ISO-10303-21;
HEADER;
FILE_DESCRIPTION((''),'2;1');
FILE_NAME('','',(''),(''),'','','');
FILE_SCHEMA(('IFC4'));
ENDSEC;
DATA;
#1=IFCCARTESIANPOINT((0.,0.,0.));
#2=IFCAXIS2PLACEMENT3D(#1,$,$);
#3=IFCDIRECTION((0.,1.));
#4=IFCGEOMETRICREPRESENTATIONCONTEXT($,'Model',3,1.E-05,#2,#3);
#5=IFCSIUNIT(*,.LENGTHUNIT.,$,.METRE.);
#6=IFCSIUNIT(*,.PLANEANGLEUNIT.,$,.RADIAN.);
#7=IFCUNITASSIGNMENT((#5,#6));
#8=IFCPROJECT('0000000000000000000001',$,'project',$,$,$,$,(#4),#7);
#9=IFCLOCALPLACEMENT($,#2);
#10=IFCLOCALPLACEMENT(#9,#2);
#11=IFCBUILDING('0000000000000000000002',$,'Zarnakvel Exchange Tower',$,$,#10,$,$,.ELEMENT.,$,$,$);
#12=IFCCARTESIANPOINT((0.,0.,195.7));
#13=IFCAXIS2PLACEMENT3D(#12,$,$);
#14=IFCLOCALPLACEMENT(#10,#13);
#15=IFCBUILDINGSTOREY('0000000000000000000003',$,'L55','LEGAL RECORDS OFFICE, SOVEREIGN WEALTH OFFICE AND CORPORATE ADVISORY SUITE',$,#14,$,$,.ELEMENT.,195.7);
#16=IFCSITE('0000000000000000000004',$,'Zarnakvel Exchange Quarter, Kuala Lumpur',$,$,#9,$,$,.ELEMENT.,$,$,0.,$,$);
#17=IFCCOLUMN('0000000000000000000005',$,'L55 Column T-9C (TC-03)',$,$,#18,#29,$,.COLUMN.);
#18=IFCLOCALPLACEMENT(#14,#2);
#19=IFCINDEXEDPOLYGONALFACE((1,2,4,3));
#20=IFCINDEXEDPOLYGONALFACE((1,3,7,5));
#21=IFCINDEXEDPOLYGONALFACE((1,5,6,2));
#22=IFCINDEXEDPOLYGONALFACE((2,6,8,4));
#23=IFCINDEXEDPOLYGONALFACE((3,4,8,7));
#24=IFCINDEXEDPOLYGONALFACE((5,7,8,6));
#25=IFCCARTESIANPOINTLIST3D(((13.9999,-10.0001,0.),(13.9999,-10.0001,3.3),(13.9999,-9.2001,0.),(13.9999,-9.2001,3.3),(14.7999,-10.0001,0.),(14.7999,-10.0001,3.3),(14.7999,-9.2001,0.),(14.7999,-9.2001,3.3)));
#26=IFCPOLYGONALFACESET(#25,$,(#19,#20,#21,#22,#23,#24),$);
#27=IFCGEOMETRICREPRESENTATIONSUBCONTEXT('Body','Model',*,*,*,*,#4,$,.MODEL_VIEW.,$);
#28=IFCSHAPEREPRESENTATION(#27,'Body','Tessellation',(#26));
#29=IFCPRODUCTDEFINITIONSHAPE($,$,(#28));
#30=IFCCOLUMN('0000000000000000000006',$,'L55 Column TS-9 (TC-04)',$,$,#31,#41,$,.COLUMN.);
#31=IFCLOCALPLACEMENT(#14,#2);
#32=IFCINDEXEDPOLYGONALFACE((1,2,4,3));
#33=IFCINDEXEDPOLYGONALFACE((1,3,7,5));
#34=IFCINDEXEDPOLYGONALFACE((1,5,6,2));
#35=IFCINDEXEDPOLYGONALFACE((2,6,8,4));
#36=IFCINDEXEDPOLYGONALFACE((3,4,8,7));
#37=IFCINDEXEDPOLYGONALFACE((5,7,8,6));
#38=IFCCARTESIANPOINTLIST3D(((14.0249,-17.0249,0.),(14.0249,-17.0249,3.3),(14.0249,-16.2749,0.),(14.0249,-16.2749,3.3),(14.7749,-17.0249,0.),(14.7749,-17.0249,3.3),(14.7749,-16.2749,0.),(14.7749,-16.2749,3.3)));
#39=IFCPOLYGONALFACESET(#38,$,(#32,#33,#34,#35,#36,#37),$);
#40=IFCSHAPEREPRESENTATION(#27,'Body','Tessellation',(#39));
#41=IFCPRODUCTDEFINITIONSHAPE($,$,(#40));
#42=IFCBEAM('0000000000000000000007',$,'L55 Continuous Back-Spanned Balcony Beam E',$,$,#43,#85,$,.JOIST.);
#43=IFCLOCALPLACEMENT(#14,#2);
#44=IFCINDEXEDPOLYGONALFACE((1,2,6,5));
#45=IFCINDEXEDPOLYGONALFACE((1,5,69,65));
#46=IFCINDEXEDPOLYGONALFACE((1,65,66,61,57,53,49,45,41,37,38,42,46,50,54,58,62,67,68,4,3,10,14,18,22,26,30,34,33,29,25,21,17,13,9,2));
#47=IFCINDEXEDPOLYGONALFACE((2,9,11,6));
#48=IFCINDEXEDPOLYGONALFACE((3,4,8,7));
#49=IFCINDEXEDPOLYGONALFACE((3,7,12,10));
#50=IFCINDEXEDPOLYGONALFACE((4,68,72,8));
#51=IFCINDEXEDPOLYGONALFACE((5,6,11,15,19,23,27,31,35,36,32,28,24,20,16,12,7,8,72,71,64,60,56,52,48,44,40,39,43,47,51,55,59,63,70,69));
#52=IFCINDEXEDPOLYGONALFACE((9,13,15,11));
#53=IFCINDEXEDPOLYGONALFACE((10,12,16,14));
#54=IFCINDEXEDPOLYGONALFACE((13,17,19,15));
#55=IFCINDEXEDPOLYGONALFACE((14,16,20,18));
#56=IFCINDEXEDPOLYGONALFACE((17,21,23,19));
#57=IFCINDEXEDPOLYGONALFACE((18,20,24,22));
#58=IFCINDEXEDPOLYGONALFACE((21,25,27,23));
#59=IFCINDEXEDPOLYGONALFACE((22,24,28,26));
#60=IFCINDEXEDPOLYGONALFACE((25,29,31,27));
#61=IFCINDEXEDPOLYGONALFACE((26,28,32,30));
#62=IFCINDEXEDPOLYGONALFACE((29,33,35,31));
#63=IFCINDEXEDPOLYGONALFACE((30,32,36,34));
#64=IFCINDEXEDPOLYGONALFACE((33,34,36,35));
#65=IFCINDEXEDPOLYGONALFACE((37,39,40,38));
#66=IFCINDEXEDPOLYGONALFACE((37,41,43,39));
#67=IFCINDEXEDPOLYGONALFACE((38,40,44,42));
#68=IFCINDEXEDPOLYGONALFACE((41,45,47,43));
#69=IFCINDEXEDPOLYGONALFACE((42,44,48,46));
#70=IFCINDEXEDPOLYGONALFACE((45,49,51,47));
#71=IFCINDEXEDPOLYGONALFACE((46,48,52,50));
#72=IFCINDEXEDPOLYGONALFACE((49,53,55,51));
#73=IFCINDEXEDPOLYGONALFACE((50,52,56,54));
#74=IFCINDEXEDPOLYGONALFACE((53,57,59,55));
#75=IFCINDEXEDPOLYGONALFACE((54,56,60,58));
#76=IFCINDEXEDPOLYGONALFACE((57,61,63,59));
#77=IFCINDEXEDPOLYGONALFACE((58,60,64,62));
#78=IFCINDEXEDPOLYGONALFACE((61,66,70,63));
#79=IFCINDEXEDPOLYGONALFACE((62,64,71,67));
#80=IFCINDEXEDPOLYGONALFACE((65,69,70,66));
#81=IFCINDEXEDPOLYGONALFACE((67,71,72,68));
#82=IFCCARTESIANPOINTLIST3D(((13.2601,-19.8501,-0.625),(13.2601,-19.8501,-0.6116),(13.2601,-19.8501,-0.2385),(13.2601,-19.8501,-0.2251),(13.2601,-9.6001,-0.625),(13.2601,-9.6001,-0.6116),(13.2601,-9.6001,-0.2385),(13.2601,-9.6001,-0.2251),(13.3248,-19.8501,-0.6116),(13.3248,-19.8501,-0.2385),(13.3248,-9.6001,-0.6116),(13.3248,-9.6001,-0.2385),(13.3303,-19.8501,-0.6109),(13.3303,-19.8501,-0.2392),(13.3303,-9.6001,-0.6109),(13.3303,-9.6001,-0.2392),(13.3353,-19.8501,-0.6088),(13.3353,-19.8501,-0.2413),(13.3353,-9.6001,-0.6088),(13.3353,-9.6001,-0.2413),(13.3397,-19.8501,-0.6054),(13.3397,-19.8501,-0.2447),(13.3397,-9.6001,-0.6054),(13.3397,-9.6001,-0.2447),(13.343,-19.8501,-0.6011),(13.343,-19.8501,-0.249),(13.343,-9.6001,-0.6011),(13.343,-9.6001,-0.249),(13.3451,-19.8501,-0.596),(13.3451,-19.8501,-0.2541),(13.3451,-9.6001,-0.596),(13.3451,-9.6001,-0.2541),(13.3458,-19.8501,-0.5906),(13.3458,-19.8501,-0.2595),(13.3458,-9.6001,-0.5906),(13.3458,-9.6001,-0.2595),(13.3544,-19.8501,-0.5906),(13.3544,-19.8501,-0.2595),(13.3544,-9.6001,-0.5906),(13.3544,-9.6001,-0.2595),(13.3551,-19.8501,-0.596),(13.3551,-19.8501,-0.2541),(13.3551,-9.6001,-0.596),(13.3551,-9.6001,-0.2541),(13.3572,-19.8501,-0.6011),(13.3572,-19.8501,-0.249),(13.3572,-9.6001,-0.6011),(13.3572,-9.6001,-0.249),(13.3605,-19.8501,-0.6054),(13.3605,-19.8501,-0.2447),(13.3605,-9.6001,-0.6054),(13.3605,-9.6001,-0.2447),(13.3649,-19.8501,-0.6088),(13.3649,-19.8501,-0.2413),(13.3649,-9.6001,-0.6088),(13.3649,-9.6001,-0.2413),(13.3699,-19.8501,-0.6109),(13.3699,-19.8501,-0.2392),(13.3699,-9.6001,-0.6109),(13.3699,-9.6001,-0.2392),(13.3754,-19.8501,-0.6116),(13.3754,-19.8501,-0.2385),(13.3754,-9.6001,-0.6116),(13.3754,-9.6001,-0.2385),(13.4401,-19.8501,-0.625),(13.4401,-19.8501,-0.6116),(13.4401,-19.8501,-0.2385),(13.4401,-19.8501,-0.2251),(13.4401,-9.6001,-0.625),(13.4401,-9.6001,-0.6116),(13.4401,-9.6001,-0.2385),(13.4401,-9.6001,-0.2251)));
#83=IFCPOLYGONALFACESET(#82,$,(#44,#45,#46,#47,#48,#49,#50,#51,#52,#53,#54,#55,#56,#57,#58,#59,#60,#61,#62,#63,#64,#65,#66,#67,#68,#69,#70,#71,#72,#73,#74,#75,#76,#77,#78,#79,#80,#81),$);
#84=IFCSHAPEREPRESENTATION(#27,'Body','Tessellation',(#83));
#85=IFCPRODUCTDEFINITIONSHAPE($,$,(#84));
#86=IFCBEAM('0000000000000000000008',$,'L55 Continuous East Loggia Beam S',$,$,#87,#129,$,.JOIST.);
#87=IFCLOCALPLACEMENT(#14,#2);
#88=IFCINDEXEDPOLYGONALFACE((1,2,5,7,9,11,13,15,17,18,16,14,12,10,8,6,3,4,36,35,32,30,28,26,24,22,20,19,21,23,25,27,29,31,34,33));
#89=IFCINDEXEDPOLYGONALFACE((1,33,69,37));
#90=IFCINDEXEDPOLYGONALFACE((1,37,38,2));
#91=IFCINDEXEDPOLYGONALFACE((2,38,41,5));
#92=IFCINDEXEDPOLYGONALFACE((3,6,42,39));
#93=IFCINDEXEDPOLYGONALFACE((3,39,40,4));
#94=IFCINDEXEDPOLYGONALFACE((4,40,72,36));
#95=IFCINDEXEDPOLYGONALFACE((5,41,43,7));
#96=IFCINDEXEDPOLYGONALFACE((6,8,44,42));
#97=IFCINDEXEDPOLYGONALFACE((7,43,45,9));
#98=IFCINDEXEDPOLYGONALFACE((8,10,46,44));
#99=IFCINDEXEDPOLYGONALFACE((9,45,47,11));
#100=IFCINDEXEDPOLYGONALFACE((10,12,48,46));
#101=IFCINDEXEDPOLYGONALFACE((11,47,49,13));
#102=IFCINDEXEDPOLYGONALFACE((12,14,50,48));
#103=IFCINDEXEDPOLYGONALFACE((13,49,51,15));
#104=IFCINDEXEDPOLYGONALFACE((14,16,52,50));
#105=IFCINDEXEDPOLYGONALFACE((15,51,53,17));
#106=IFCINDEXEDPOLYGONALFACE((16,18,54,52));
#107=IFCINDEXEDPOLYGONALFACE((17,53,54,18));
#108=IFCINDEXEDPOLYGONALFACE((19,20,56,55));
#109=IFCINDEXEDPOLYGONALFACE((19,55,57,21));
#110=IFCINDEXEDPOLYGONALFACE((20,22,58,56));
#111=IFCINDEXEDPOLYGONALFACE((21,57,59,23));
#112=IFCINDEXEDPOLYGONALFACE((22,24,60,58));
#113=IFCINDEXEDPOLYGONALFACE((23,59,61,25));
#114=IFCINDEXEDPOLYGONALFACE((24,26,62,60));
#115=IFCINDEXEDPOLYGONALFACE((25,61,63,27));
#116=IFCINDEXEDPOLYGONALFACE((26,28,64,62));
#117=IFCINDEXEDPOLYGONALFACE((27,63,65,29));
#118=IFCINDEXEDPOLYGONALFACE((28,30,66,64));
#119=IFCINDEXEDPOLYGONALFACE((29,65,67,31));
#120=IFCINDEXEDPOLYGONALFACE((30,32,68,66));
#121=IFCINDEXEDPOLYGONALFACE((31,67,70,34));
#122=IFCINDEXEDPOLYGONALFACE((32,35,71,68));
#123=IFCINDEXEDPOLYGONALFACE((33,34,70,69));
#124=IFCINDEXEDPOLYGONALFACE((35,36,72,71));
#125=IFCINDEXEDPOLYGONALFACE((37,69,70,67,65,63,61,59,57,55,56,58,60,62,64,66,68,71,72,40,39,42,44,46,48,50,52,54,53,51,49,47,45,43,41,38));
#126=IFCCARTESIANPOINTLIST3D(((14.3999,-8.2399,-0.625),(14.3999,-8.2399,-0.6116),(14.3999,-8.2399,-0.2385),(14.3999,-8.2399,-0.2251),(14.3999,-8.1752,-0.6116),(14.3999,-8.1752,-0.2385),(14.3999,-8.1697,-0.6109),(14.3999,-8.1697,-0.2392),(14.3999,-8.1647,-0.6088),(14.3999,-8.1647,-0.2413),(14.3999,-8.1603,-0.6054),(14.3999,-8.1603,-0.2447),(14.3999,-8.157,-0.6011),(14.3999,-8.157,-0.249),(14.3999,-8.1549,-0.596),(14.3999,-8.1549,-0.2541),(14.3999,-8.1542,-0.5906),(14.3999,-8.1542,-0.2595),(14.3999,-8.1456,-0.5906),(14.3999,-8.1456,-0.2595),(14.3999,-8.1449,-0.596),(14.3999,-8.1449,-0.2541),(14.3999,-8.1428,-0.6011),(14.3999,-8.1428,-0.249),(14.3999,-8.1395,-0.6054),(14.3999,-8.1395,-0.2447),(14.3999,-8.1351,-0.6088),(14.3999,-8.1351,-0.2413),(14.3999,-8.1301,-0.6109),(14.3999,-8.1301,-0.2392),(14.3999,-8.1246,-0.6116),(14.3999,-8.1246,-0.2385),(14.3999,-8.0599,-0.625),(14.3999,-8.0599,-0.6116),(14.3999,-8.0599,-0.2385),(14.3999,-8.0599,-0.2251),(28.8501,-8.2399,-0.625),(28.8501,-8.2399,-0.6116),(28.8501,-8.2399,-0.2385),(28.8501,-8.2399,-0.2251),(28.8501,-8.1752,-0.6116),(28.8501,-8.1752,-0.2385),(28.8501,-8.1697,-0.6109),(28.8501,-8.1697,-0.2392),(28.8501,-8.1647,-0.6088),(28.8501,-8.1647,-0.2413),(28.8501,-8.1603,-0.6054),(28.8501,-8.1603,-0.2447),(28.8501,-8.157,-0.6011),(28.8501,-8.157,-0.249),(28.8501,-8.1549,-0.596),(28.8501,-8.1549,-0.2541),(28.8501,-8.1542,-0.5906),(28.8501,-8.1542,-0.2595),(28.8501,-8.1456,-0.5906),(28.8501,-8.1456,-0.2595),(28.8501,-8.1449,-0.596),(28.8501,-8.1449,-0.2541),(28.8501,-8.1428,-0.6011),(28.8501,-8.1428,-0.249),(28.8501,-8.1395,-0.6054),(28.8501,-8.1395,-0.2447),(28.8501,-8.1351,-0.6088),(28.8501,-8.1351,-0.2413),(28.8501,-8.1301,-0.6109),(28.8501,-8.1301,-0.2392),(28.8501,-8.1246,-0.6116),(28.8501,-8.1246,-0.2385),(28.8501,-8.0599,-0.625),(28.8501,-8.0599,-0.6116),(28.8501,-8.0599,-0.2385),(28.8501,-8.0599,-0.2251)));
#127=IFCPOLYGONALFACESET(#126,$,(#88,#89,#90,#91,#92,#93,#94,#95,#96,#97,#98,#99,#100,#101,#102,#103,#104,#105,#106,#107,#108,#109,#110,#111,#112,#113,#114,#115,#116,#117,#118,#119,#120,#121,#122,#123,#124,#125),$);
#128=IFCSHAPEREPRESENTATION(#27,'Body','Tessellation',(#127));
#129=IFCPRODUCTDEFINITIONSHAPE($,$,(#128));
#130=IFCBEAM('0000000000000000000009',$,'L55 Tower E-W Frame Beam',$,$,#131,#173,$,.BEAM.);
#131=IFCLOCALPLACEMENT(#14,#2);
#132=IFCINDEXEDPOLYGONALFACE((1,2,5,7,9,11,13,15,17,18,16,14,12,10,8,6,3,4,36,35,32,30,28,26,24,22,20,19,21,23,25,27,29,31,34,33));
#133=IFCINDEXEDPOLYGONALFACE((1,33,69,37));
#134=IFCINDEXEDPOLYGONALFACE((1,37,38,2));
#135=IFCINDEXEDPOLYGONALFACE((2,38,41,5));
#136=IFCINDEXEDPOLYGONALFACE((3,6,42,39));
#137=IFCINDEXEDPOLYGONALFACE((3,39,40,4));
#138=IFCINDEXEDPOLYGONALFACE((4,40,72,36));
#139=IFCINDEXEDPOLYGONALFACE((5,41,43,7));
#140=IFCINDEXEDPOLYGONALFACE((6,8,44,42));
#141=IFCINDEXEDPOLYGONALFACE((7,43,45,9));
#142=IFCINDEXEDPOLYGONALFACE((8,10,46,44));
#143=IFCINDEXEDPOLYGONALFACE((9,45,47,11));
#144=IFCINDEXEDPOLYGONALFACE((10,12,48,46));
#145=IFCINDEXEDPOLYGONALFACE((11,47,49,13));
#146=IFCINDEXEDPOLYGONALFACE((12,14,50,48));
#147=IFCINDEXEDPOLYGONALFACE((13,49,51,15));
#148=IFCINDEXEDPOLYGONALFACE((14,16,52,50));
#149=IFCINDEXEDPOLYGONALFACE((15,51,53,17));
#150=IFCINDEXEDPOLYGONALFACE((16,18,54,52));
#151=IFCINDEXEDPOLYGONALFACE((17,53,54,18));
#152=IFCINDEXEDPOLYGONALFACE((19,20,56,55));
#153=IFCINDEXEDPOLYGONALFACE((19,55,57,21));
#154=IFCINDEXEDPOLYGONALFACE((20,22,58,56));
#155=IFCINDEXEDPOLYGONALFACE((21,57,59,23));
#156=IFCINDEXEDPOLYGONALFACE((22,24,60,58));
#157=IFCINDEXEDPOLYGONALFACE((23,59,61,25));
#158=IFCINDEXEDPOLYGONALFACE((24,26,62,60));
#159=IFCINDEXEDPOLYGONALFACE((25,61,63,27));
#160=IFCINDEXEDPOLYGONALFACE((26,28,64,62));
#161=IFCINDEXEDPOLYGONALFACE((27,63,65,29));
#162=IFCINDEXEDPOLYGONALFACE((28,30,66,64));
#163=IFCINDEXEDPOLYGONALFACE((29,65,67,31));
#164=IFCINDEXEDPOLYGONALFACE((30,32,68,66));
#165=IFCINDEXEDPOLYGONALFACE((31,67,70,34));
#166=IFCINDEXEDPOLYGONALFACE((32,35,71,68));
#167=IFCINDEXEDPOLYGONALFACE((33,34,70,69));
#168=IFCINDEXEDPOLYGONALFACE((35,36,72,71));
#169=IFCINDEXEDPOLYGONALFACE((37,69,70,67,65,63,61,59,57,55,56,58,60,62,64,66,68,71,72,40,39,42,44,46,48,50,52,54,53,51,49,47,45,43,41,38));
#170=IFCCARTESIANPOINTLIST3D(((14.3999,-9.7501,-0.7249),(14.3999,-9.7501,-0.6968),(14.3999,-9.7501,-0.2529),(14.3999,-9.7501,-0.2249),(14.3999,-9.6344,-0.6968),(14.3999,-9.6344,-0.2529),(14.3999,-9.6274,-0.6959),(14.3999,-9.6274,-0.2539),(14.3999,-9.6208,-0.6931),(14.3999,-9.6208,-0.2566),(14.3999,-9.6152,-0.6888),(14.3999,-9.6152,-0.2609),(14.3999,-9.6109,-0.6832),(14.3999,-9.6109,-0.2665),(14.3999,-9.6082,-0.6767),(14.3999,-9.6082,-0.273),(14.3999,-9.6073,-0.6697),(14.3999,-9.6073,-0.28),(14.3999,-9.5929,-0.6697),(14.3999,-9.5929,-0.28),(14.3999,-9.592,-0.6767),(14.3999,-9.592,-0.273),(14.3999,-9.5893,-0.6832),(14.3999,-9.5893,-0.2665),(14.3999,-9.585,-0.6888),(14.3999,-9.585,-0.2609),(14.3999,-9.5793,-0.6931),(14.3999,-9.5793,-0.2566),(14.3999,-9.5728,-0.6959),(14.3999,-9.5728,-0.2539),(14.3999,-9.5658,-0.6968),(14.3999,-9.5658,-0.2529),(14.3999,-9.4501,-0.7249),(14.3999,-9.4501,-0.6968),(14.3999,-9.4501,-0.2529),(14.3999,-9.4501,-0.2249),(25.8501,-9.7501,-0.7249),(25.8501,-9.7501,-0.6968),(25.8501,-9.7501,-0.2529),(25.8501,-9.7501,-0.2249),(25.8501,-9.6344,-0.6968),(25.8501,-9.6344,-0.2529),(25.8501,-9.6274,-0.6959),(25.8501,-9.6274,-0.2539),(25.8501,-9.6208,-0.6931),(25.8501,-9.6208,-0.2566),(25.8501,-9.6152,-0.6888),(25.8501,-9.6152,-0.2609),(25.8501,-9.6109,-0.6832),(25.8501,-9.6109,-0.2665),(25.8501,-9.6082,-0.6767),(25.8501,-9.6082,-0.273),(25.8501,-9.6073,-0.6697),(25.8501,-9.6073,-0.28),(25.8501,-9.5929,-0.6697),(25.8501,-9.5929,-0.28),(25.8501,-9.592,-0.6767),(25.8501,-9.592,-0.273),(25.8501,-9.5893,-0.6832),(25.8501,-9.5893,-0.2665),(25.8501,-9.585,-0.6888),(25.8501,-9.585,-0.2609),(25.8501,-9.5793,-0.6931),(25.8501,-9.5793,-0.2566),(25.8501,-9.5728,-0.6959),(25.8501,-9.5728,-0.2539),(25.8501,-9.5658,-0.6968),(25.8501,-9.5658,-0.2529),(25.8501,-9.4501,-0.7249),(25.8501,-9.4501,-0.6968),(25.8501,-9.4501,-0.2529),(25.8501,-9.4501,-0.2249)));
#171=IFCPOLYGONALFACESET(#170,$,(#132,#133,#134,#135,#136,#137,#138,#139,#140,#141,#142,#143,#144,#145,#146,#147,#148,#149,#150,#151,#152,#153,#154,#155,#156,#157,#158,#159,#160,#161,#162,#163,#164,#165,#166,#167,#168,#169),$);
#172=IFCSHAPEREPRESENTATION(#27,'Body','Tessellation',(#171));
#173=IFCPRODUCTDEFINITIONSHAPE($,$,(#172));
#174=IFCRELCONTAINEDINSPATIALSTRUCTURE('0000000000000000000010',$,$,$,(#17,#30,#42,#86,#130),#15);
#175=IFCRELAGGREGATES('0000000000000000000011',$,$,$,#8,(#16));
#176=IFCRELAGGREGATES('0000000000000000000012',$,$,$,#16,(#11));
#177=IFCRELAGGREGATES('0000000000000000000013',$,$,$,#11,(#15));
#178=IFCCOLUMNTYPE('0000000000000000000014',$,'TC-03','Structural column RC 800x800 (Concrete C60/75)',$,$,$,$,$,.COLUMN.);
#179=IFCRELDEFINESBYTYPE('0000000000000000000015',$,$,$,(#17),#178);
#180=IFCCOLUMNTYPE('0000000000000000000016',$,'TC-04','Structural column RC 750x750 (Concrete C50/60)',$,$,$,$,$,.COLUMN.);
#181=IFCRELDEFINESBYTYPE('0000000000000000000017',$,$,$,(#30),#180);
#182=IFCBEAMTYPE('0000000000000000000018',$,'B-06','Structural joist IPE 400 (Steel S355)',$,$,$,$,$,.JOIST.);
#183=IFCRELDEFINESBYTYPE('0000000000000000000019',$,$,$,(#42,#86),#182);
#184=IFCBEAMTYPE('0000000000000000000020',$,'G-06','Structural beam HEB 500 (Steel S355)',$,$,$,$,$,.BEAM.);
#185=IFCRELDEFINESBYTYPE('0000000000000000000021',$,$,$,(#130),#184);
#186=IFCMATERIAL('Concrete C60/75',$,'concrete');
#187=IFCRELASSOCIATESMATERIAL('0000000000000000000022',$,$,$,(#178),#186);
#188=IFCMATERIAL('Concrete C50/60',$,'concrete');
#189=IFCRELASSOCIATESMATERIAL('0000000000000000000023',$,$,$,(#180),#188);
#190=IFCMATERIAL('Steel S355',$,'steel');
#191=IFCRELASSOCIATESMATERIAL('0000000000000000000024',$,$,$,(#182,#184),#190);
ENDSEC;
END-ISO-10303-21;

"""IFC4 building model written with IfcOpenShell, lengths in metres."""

from ifc_helpers import new_model, si_unit, direction, frame, origin, origin_2d, place, context, subcontext, project, spatial, rectangle, i_section, extrude, material, material_profile, profile_set, type_object, element, save


model = new_model("IFC4")

# Units and contexts
model_context = context("Model", 3, precision=1e-05, world=origin(), true_north=direction((0.0, 1.0)))
body_context = subcontext(model_context, "Body", "Model", "MODEL_VIEW")
ifc_project = project(units=[si_unit("LENGTHUNIT", "METRE"), si_unit("PLANEANGLEUNIT", "RADIAN")], contexts=[model_context])

# Site, building, storey
site_placement = place(None, origin())
site = spatial("IfcSite", under=ifc_project, at=site_placement, Name="Zarnakvel Exchange Quarter, Kuala Lumpur", CompositionType="ELEMENT", RefElevation=0.0)
building_placement = place(site_placement, origin())
building = spatial("IfcBuilding", under=site, at=building_placement, Name="Zarnakvel Exchange Tower", CompositionType="ELEMENT")
storey_placement = place(building_placement, frame((0.0, 0.0, 195.7)))
storey = spatial("IfcBuildingStorey", under=building, at=storey_placement, Name="L55", Description="LEGAL RECORDS OFFICE, SOVEREIGN WEALTH OFFICE AND CORPORATE ADVISORY SUITE", CompositionType="ELEMENT", Elevation=195.7)

# Columns
ifc_material_1 = material(Name="Concrete C60/75", Category="concrete")
ifc_material_profile_1 = material_profile(ifc_material_1, rectangle(XDim=0.8, YDim=0.8, at=origin_2d()))
ifc_profile_set_1 = profile_set([ifc_material_profile_1], Name="Concrete C60/75")
column_type_1 = type_object("IfcColumnType", Name="TC-03", Description="Structural column RC 800x800 (Concrete C60/75)", PredefinedType="COLUMN", material=ifc_profile_set_1)
column_1_placement = place(storey_placement, frame((14.3999, -9.6001, 0.0), z_axis=(0.0, 0.0, 1.0), x_axis=(1.0, 0.0, 0.0)))
element("IfcColumn", 1, at=column_1_placement, inside=storey, type_object=column_type_1, Name="L55 Column T-9C (TC-03)", PredefinedType="COLUMN", context=body_context, shape_type="SweptSolid", body=[
    extrude(rectangle(XDim=0.8, YDim=0.8, at=origin_2d()), origin(), (0.0, 0.0, 1.0), 3.3),
])
ifc_material_2 = material(Name="Concrete C50/60", Category="concrete")
ifc_material_profile_2 = material_profile(ifc_material_2, rectangle(XDim=0.75, YDim=0.75, at=origin_2d()))
ifc_profile_set_2 = profile_set([ifc_material_profile_2], Name="Concrete C50/60")
column_type_2 = type_object("IfcColumnType", Name="TC-04", Description="Structural column RC 750x750 (Concrete C50/60)", PredefinedType="COLUMN", material=ifc_profile_set_2)
column_2_placement = place(storey_placement, frame((14.3999, -16.6499, 0.0), z_axis=(0.0, 0.0, 1.0), x_axis=(1.0, 0.0, 0.0)))
element("IfcColumn", 2, at=column_2_placement, inside=storey, type_object=column_type_2, Name="L55 Column TS-9 (TC-04)", PredefinedType="COLUMN", context=body_context, shape_type="SweptSolid", body=[
    extrude(rectangle(XDim=0.75, YDim=0.75, at=origin_2d()), origin(), (0.0, 0.0, 1.0), 3.3),
])

# Beams
ifc_material_3 = material(Name="Steel S355", Category="steel")
ifc_material_profile_3 = material_profile(ifc_material_3, i_section(OverallWidth=0.1799, OverallDepth=0.3999, WebThickness=0.0085, FlangeThickness=0.0134, FilletRadius=0.021, at=origin_2d()))
ifc_profile_set_3 = profile_set([ifc_material_profile_3], Name="Steel S355")
beam_type_1 = type_object("IfcBeamType", Name="B-06", Description="Structural joist IPE 400 (Steel S355)", PredefinedType="JOIST", material=ifc_profile_set_3)
beam_1_placement = place(storey_placement, frame((13.3501, -9.6001, -0.425), z_axis=(0.0, -1.0, 0.0), x_axis=(1.0, 0.0, 0.0)))
element("IfcBeam", 3, at=beam_1_placement, inside=storey, type_object=beam_type_1, Name="L55 Continuous Back-Spanned Balcony Beam E", PredefinedType="JOIST", context=body_context, shape_type="SweptSolid", body=[
    extrude(i_section(OverallWidth=0.1799, OverallDepth=0.3999, WebThickness=0.0085, FlangeThickness=0.0134, FilletRadius=0.021, at=origin_2d()), origin(), (0.0, 0.0, 1.0), 10.25),
])
beam_2_placement = place(storey_placement, frame((14.3999, -8.1499, -0.425), z_axis=(1.0, 0.0, 0.0), x_axis=(0.0, 1.0, 0.0)))
element("IfcBeam", 4, at=beam_2_placement, inside=storey, type_object=beam_type_1, Name="L55 Continuous East Loggia Beam S", PredefinedType="JOIST", context=body_context, shape_type="SweptSolid", body=[
    extrude(i_section(OverallWidth=0.1799, OverallDepth=0.3999, WebThickness=0.0085, FlangeThickness=0.0134, FilletRadius=0.021, at=origin_2d()), origin(), (0.0, 0.0, 1.0), 14.4502),
])
ifc_material_profile_4 = material_profile(ifc_material_3, i_section(OverallWidth=0.3, OverallDepth=0.5, WebThickness=0.0144, FlangeThickness=0.0281, FilletRadius=0.0271, at=origin_2d()))
ifc_profile_set_4 = profile_set([ifc_material_profile_4], Name="Steel S355")
beam_type_2 = type_object("IfcBeamType", Name="G-06", Description="Structural beam HEB 500 (Steel S355)", PredefinedType="BEAM", material=ifc_profile_set_4)
beam_3_placement = place(storey_placement, frame((14.3999, -9.6001, -0.4749), z_axis=(1.0, 0.0, 0.0), x_axis=(0.0, 1.0, 0.0)))
element("IfcBeam", 5, at=beam_3_placement, inside=storey, type_object=beam_type_2, Name="L55 Tower E-W Frame Beam", PredefinedType="BEAM", context=body_context, shape_type="SweptSolid", body=[
    extrude(i_section(OverallWidth=0.3, OverallDepth=0.5, WebThickness=0.0144, FlangeThickness=0.0281, FilletRadius=0.0271, at=origin_2d()), origin(), (0.0, 0.0, 1.0), 11.4502),
])

save(model, "model.ifc")
